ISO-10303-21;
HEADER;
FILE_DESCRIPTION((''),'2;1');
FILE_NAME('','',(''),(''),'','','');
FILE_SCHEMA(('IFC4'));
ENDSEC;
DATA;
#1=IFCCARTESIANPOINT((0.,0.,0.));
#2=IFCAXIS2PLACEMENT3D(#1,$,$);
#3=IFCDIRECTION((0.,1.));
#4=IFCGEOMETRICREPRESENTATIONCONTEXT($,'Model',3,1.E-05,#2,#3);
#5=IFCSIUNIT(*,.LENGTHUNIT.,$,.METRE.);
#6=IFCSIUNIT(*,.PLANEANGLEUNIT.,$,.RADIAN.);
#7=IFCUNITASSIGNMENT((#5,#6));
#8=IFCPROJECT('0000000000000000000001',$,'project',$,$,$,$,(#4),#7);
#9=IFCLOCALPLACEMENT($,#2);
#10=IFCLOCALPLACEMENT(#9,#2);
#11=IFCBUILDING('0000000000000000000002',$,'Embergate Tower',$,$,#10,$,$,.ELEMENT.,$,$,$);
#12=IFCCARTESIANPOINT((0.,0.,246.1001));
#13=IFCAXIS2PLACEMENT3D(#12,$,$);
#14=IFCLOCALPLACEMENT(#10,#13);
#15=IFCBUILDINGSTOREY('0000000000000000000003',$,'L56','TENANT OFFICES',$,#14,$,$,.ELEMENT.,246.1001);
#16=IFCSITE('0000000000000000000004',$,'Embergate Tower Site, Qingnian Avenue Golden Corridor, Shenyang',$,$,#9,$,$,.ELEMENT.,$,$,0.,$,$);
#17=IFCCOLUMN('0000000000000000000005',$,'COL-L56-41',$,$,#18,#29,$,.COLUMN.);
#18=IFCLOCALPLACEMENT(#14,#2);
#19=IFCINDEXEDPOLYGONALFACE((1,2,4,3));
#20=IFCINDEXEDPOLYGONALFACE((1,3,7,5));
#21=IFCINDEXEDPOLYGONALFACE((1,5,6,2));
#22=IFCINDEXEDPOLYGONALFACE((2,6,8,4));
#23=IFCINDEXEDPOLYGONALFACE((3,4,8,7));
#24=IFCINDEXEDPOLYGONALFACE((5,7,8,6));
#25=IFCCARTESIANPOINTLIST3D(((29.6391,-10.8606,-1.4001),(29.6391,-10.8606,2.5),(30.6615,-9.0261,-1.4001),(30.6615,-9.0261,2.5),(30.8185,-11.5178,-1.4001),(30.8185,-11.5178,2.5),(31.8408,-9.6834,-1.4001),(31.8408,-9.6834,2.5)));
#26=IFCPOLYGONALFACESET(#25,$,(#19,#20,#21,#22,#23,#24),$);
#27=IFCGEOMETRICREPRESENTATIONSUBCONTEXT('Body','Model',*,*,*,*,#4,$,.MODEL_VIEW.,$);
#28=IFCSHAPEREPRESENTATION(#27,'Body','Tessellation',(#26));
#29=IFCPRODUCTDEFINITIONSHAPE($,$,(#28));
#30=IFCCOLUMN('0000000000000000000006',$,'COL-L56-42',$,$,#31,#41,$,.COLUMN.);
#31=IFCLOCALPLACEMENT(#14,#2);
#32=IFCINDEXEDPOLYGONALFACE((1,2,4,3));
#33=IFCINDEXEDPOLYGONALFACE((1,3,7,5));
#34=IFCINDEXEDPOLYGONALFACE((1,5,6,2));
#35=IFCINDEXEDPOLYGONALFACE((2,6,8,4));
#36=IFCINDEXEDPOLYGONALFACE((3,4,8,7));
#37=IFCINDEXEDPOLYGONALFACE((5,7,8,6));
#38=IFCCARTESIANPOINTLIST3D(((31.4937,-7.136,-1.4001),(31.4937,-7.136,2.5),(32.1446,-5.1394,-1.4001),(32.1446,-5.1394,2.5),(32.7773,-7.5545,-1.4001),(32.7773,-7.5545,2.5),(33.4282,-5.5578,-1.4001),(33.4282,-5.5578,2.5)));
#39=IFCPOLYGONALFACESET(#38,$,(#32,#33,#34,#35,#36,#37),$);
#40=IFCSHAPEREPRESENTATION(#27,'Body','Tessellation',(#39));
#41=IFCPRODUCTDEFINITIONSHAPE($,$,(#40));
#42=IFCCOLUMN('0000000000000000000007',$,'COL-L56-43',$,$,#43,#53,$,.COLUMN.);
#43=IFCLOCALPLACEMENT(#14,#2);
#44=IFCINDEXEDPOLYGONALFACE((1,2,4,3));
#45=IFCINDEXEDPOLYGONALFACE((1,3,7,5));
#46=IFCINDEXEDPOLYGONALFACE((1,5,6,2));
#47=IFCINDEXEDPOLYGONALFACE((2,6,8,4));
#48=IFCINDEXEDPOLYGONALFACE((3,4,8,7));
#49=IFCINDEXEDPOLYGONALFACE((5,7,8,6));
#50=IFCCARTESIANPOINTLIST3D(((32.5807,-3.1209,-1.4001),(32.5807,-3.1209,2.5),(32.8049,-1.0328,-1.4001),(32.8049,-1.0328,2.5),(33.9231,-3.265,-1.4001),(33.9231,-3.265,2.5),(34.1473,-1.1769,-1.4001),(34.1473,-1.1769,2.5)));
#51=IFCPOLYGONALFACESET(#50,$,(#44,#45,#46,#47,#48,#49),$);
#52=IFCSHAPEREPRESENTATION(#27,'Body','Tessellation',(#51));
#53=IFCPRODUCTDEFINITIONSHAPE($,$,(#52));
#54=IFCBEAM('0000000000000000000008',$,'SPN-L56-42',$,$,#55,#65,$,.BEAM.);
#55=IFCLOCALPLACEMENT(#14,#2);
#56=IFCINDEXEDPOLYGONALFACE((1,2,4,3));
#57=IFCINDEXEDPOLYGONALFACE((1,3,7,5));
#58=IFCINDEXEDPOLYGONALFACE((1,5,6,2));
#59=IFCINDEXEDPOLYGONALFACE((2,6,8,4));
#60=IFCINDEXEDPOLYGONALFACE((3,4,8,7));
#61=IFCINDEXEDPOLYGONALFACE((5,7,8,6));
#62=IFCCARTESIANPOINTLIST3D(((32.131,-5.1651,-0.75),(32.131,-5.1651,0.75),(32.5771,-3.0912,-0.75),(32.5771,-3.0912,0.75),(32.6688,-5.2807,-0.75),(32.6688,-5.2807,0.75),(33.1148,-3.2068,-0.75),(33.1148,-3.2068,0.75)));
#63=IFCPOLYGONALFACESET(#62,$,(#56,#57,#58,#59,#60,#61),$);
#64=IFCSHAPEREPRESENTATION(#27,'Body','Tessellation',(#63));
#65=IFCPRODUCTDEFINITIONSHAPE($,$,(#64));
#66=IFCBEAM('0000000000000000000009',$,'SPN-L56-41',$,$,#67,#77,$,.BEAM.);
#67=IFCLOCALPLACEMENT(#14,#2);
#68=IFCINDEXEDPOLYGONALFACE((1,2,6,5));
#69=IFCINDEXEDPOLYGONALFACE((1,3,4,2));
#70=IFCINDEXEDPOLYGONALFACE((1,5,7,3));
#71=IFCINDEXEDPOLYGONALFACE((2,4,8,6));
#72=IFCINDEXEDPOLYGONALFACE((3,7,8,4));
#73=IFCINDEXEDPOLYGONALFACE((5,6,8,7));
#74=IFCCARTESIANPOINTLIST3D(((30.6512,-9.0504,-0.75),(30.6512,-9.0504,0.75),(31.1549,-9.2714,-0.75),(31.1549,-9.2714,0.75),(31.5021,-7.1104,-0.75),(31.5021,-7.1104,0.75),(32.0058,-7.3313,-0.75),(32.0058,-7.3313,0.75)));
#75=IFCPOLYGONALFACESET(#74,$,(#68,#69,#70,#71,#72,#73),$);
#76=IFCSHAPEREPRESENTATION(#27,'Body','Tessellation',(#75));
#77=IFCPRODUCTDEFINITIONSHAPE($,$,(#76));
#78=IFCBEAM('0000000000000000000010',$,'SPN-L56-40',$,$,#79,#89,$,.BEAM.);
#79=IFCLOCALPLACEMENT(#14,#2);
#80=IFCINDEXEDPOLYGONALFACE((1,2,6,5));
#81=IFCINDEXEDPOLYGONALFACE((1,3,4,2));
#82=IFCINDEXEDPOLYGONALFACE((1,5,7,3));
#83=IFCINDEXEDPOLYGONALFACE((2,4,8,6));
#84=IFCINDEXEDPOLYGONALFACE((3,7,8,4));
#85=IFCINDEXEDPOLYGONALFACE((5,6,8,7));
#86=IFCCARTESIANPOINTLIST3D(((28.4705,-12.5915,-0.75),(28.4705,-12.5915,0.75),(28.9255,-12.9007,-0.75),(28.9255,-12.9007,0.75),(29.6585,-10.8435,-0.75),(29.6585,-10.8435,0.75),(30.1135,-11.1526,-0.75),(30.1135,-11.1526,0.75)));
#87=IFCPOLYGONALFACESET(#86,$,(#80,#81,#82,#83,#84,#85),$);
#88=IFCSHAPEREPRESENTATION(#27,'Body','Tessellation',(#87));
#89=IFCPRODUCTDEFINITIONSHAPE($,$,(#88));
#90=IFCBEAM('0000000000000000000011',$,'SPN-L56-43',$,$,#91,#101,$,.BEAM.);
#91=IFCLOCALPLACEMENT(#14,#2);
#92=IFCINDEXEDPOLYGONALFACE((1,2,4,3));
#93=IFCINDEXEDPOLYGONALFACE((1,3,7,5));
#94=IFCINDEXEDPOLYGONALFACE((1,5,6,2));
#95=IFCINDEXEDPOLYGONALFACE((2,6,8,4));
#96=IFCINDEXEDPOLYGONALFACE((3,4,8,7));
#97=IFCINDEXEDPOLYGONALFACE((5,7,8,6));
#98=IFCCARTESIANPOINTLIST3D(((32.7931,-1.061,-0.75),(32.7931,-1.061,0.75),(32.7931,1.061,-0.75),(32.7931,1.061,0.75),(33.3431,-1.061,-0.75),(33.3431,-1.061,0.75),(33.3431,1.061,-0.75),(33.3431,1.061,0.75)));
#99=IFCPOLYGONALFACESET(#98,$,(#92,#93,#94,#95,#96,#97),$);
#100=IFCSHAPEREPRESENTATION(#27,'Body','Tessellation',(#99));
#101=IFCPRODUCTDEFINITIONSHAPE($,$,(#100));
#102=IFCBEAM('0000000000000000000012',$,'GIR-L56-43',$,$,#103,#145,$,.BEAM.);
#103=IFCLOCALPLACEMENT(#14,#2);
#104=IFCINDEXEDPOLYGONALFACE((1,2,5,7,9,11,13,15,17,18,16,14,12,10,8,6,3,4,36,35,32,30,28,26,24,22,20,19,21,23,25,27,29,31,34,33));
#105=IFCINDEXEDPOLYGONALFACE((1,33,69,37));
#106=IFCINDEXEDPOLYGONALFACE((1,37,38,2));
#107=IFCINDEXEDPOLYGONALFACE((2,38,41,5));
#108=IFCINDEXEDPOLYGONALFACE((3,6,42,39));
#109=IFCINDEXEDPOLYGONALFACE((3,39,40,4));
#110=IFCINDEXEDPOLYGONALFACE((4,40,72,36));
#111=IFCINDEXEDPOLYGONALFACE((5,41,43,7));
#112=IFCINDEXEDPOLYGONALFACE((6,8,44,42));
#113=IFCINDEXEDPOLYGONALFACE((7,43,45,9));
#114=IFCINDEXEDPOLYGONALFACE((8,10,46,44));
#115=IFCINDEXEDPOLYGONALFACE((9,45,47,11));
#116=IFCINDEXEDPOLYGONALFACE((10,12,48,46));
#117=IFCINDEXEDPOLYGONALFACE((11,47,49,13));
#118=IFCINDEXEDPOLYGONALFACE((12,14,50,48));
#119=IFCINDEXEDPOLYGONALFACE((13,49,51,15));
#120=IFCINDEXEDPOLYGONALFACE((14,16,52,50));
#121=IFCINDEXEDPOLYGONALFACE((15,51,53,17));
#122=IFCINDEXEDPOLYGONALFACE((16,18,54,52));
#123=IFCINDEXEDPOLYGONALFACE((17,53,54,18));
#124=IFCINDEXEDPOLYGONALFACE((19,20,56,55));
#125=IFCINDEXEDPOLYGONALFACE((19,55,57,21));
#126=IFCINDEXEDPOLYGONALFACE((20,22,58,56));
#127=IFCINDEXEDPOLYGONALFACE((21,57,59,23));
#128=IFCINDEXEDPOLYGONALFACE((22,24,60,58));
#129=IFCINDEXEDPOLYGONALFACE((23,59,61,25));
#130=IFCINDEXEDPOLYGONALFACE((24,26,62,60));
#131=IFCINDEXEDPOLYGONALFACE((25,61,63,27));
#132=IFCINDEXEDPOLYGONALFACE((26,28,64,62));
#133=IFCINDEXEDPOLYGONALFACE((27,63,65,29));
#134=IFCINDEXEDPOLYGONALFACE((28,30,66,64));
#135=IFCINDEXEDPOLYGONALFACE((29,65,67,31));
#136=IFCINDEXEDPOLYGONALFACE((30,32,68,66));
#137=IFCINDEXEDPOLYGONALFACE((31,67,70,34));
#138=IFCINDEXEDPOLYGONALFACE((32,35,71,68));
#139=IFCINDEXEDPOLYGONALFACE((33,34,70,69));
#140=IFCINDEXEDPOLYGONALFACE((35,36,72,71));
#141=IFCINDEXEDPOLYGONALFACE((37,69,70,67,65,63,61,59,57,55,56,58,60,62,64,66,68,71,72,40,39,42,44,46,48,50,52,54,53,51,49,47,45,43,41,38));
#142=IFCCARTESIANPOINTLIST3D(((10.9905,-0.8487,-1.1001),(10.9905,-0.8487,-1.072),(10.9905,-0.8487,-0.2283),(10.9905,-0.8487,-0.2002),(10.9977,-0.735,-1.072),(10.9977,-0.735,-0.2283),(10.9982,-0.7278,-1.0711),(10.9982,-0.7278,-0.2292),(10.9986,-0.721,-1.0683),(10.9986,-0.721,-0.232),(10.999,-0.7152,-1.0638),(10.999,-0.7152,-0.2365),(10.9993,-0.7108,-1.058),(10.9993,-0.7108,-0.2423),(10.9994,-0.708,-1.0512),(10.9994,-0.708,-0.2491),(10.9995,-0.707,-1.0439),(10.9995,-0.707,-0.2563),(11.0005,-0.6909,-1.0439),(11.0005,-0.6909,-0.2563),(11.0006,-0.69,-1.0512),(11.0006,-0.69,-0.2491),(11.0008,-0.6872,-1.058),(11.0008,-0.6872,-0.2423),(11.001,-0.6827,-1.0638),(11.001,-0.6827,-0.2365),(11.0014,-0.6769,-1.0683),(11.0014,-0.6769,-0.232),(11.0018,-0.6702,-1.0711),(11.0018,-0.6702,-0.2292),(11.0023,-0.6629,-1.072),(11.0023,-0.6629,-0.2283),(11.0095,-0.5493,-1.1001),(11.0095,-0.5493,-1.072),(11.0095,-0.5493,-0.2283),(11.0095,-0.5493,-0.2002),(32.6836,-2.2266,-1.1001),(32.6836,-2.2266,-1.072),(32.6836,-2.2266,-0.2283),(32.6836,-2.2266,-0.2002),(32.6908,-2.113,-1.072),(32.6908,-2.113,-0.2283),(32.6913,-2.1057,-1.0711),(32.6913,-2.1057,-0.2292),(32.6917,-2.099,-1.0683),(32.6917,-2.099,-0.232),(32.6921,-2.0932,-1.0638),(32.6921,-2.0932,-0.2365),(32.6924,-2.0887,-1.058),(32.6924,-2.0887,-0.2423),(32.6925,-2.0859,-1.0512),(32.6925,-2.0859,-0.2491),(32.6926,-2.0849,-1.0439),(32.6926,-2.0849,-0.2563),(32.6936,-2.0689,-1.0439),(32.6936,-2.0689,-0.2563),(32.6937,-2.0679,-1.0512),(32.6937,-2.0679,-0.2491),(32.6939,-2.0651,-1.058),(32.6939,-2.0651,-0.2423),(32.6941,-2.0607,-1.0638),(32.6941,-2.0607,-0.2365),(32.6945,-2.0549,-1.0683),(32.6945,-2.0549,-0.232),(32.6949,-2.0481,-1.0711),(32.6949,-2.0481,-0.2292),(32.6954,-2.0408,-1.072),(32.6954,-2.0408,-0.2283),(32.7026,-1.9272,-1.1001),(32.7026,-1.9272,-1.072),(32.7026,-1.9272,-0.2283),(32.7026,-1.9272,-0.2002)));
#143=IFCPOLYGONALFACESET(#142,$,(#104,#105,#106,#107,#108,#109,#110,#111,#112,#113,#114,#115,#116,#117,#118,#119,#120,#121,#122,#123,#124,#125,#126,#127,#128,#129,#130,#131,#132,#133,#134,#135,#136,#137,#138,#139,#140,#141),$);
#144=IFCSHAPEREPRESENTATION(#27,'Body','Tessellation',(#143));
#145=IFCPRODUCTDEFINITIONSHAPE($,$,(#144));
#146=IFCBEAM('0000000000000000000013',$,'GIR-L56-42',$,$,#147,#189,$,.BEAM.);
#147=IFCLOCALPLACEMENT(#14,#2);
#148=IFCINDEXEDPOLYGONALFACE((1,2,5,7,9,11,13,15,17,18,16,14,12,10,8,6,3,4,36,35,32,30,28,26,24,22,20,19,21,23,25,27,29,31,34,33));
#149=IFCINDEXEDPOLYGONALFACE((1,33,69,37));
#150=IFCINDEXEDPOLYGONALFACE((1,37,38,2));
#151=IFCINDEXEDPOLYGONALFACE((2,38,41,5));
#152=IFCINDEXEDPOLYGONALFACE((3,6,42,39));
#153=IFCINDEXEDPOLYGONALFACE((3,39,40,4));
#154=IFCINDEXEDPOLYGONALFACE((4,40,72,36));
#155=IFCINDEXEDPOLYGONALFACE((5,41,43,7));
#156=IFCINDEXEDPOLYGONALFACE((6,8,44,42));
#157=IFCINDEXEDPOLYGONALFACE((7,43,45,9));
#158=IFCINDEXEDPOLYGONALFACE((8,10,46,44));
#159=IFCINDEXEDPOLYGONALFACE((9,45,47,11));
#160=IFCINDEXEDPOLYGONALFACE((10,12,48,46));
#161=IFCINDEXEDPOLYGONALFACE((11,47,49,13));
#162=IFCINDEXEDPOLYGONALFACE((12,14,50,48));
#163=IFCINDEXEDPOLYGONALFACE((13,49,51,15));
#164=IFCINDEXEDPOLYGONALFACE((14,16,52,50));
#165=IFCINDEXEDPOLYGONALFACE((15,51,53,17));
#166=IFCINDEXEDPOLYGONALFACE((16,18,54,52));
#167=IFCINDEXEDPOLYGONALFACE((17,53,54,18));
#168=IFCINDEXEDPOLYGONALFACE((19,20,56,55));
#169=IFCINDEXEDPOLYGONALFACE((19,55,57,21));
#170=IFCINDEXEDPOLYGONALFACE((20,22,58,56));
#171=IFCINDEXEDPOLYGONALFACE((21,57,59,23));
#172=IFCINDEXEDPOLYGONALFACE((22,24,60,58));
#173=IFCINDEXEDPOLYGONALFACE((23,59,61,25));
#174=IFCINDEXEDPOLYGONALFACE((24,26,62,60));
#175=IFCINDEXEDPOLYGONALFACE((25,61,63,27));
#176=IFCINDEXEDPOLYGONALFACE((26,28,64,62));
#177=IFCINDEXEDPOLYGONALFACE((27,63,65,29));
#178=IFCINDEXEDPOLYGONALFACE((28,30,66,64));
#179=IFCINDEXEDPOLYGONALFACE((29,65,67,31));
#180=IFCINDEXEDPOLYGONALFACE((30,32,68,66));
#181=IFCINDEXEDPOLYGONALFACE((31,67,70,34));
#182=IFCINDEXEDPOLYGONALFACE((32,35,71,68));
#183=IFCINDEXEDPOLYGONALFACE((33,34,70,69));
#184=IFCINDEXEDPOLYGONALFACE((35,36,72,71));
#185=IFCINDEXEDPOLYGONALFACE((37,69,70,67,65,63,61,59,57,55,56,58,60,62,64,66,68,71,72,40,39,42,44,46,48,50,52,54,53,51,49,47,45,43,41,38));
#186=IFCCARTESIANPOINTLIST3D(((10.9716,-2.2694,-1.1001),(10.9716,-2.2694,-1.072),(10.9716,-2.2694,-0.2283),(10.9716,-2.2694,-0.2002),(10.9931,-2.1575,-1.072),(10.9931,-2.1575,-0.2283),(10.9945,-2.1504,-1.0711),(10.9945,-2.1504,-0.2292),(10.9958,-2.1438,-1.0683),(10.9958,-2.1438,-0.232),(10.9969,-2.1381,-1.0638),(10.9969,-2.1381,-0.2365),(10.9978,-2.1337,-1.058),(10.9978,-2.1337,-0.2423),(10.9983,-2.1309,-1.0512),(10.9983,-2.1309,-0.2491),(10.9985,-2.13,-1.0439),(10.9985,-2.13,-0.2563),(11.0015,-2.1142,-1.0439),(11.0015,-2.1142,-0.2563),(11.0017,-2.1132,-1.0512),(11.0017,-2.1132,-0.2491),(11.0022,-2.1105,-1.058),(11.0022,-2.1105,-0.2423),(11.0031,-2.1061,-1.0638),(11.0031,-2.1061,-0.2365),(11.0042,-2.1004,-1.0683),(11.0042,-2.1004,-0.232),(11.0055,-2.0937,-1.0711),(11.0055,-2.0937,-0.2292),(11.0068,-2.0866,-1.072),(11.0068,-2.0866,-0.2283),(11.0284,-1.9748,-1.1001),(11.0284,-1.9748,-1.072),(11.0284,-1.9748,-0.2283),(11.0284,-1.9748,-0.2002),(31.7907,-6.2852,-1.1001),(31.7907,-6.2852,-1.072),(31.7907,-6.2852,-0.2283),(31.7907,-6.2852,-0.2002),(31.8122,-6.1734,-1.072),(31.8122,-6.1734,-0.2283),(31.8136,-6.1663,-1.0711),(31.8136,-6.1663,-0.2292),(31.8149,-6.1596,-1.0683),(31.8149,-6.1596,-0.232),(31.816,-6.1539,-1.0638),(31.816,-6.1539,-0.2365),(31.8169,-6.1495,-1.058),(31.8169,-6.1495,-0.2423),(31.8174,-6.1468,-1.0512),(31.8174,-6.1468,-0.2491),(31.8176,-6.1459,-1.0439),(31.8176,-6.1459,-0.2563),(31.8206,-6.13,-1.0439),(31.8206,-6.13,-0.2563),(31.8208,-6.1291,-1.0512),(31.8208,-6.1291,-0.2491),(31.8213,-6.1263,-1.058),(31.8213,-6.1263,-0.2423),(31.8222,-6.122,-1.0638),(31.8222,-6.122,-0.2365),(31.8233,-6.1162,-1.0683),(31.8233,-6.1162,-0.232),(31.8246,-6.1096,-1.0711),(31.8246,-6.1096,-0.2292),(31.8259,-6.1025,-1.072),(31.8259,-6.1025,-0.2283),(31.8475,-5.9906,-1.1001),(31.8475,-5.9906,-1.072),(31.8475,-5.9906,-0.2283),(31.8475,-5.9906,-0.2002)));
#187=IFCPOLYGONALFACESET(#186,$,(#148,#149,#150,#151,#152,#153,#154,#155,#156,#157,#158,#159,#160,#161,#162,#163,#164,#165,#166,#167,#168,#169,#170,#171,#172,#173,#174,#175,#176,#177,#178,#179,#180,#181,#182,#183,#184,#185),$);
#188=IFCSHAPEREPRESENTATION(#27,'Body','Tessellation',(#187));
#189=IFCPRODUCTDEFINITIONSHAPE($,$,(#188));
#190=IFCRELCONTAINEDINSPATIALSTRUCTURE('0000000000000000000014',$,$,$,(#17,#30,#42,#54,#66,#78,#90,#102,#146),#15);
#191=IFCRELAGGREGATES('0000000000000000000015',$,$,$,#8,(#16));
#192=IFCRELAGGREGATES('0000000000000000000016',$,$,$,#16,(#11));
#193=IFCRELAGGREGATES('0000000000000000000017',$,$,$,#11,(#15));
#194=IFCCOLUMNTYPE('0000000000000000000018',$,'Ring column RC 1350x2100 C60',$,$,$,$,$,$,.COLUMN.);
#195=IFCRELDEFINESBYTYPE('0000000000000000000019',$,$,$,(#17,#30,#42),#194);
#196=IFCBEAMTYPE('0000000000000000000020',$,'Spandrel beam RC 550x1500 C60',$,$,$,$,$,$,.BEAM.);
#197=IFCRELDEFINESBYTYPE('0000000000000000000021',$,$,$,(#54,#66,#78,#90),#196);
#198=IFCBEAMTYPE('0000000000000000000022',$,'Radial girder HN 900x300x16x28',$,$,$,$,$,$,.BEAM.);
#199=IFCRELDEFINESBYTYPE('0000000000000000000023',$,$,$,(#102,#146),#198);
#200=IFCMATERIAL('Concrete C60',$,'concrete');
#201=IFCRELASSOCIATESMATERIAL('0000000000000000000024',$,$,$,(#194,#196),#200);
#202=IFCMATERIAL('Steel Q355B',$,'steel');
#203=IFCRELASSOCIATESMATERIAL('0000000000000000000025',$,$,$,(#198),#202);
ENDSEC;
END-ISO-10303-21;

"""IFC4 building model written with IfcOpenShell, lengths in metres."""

from ifc_helpers import new_model, si_unit, direction, frame, origin, origin_2d, place, context, subcontext, project, spatial, rectangle, i_section, extrude, source, transform, mapped, material, material_profile, profile_set, type_object, element, save


model = new_model("IFC4")

# Units and contexts
model_context = context("Model", 3, precision=1e-05, world=origin(), true_north=direction((0.0, 1.0)))
body_context = subcontext(model_context, "Body", "Model", "MODEL_VIEW")
ifc_project = project(units=[si_unit("LENGTHUNIT", "METRE"), si_unit("PLANEANGLEUNIT", "RADIAN")], contexts=[model_context])

# Site, building, storey
site_placement = place(None, origin())
site = spatial("IfcSite", under=ifc_project, at=site_placement, Name="Embergate Tower Site, Qingnian Avenue Golden Corridor, Shenyang", CompositionType="ELEMENT", RefElevation=0.0)
building_placement = place(site_placement, origin())
building = spatial("IfcBuilding", under=site, at=building_placement, Name="Embergate Tower", CompositionType="ELEMENT")
storey_placement = place(building_placement, frame((0.0, 0.0, 246.1001)))
storey = spatial("IfcBuildingStorey", under=building, at=storey_placement, Name="L56", Description="TENANT OFFICES", CompositionType="ELEMENT", Elevation=246.1001)

# Columns
ifc_material_1 = material(Name="Concrete C60", Category="concrete")
ifc_material_profile_1 = material_profile(ifc_material_1, rectangle(XDim=1.3501, YDim=2.1001, at=origin_2d()), Name="RC 1350x2100")
ifc_profile_set_1 = profile_set([ifc_material_profile_1], Name="Concrete C60")
column_type = type_object("IfcColumnType", Name="Ring column RC 1350x2100 C60", PredefinedType="COLUMN", material=ifc_profile_set_1)
shared_shape_1 = source(origin(), body_context, "Body", "SweptSolid", [
    extrude(rectangle(XDim=1.3501, YDim=2.1001, at=origin_2d()), origin(), (0.0, 0.0, 1.0), 3.9001),
])
for number, where, z_axis, x_axis, name in (
    (1, (30.74, -10.272, -1.4001), (0.0, 0.0, 1.0), (0.8735, -0.486823, 0.0), "COL-L56-41"),
    (2, (32.4609, -6.3469, -1.4001), (0.0, 0.0, 1.0), (0.950754, -0.309946, 0.0), "COL-L56-42"),
    (3, (33.364, -2.1489, -1.4001), (0.0, 0.0, 1.0), (0.994286, -0.10675, 0.0), "COL-L56-43"),
):
    element("IfcColumn", number, at=place(storey_placement, frame(where, z_axis=z_axis, x_axis=x_axis)), inside=storey, type_object=column_type, Name=name, PredefinedType="COLUMN", context=body_context, shape_type="MappedRepresentation", body=[
        mapped(shared_shape_1, transform((0.0, 0.0, 0.0))),
    ])

# Beams
ifc_material_profile_2 = material_profile(ifc_material_1, rectangle(XDim=0.55, YDim=1.5, at=origin_2d()), Name="RC 550x1500")
ifc_profile_set_2 = profile_set([ifc_material_profile_2], Name="Concrete C60")
beam_type_1 = type_object("IfcBeamType", Name="Spandrel beam RC 550x1500 C60", PredefinedType="BEAM", material=ifc_profile_set_2)
shared_shape_2 = source(origin(), body_context, "Body", "SweptSolid", [
    extrude(rectangle(XDim=0.55, YDim=1.5, at=origin_2d()), origin(), (0.0, 0.0, 1.0), 2.1213),
])
beam_1_placement = place(storey_placement, frame((32.3999, -5.2229, 0.0), z_axis=(0.21026, 0.977646, 0.0), x_axis=(-0.977646, 0.21026, 0.0)))
element("IfcBeam", 4, at=beam_1_placement, inside=storey, type_object=beam_type_1, Name="SPN-L56-42", PredefinedType="BEAM", context=body_context, shape_type="MappedRepresentation", body=[
    mapped(shared_shape_2, transform((0.0, 0.0, 0.0))),
])
shared_shape_3 = source(origin(), body_context, "Body", "SweptSolid", [
    extrude(rectangle(XDim=0.55, YDim=1.5, at=origin_2d()), origin(), (0.0, 0.0, 1.0), 2.1184),
])
beam_2_placement = place(storey_placement, frame((30.9031, -9.1609, 0.0), z_axis=(0.401653, 0.915792, 0.0), x_axis=(-0.915792, 0.401653, 0.0)))
element("IfcBeam", 5, at=beam_2_placement, inside=storey, type_object=beam_type_1, Name="SPN-L56-41", PredefinedType="BEAM", context=body_context, shape_type="MappedRepresentation", body=[
    mapped(shared_shape_3, transform((0.0, 0.0, 0.0))),
])
shared_shape_4 = source(origin(), body_context, "Body", "SweptSolid", [
    extrude(rectangle(XDim=0.55, YDim=1.5, at=origin_2d()), origin(), (0.0, 0.0, 1.0), 2.1135),
])
beam_3_placement = place(storey_placement, frame((28.698, -12.7461, 0.0), z_axis=(0.562089, 0.827077, 0.0), x_axis=(-0.827077, 0.562089, 0.0)))
element("IfcBeam", 6, at=beam_3_placement, inside=storey, type_object=beam_type_1, Name="SPN-L56-40", PredefinedType="BEAM", context=body_context, shape_type="MappedRepresentation", body=[
    mapped(shared_shape_4, transform((0.0, 0.0, 0.0))),
])
shared_shape_5 = source(origin(), body_context, "Body", "SweptSolid", [
    extrude(rectangle(XDim=0.55, YDim=1.5, at=origin_2d()), origin(), (0.0, 0.0, 1.0), 2.1221),
])
beam_4_placement = place(storey_placement, frame((33.0681, -1.061, 0.0), z_axis=(0.0, 1.0, 0.0), x_axis=(-1.0, 0.0, 0.0)))
element("IfcBeam", 7, at=beam_4_placement, inside=storey, type_object=beam_type_1, Name="SPN-L56-43", PredefinedType="BEAM", context=body_context, shape_type="MappedRepresentation", body=[
    mapped(shared_shape_5, transform((0.0, 0.0, 0.0))),
])
ifc_material_2 = material(Name="Steel Q355B", Category="steel")
ifc_material_profile_3 = material_profile(ifc_material_2, i_section(OverallWidth=0.3, OverallDepth=0.8999, WebThickness=0.0161, FlangeThickness=0.0281, FilletRadius=0.0281, at=origin_2d()), Name="HN 900x300x16x28")
ifc_profile_set_3 = profile_set([ifc_material_profile_3], Name="Steel Q355 grade B")
beam_type_2 = type_object("IfcBeamType", Name="Radial girder HN 900x300x16x28", PredefinedType="BEAM", material=ifc_profile_set_3)
shared_shape_6 = source(origin(), body_context, "Body", "SweptSolid", [
    extrude(i_section(OverallWidth=0.3, OverallDepth=0.8999, WebThickness=0.0161, FlangeThickness=0.0281, FilletRadius=0.0281, at=origin_2d()), origin(), (0.0, 0.0, 1.0), 21.7368),
])
beam_5_placement = place(storey_placement, frame((32.6931, -2.0769, -0.6501), z_axis=(-0.997989, 0.063391, 0.0), x_axis=(-0.063391, -0.997989, 0.0)))
element("IfcBeam", 8, at=beam_5_placement, inside=storey, type_object=beam_type_2, Name="GIR-L56-43", PredefinedType="BEAM", context=body_context, shape_type="MappedRepresentation", body=[
    mapped(shared_shape_6, transform((0.0, 0.0, 0.0))),
])
shared_shape_7 = source(origin(), body_context, "Body", "SweptSolid", [
    extrude(i_section(OverallWidth=0.3, OverallDepth=0.8999, WebThickness=0.0161, FlangeThickness=0.0281, FilletRadius=0.0281, at=origin_2d()), origin(), (0.0, 0.0, 1.0), 21.2029),
])
beam_6_placement = place(storey_placement, frame((31.8191, -6.1379, -0.6501), z_axis=(-0.9819, 0.189402, 0.0), x_axis=(-0.189402, -0.9819, 0.0)))
element("IfcBeam", 9, at=beam_6_placement, inside=storey, type_object=beam_type_2, Name="GIR-L56-42", PredefinedType="BEAM", context=body_context, shape_type="MappedRepresentation", body=[
    mapped(shared_shape_7, transform((0.0, 0.0, 0.0))),
])

save(model, "model.ifc")
